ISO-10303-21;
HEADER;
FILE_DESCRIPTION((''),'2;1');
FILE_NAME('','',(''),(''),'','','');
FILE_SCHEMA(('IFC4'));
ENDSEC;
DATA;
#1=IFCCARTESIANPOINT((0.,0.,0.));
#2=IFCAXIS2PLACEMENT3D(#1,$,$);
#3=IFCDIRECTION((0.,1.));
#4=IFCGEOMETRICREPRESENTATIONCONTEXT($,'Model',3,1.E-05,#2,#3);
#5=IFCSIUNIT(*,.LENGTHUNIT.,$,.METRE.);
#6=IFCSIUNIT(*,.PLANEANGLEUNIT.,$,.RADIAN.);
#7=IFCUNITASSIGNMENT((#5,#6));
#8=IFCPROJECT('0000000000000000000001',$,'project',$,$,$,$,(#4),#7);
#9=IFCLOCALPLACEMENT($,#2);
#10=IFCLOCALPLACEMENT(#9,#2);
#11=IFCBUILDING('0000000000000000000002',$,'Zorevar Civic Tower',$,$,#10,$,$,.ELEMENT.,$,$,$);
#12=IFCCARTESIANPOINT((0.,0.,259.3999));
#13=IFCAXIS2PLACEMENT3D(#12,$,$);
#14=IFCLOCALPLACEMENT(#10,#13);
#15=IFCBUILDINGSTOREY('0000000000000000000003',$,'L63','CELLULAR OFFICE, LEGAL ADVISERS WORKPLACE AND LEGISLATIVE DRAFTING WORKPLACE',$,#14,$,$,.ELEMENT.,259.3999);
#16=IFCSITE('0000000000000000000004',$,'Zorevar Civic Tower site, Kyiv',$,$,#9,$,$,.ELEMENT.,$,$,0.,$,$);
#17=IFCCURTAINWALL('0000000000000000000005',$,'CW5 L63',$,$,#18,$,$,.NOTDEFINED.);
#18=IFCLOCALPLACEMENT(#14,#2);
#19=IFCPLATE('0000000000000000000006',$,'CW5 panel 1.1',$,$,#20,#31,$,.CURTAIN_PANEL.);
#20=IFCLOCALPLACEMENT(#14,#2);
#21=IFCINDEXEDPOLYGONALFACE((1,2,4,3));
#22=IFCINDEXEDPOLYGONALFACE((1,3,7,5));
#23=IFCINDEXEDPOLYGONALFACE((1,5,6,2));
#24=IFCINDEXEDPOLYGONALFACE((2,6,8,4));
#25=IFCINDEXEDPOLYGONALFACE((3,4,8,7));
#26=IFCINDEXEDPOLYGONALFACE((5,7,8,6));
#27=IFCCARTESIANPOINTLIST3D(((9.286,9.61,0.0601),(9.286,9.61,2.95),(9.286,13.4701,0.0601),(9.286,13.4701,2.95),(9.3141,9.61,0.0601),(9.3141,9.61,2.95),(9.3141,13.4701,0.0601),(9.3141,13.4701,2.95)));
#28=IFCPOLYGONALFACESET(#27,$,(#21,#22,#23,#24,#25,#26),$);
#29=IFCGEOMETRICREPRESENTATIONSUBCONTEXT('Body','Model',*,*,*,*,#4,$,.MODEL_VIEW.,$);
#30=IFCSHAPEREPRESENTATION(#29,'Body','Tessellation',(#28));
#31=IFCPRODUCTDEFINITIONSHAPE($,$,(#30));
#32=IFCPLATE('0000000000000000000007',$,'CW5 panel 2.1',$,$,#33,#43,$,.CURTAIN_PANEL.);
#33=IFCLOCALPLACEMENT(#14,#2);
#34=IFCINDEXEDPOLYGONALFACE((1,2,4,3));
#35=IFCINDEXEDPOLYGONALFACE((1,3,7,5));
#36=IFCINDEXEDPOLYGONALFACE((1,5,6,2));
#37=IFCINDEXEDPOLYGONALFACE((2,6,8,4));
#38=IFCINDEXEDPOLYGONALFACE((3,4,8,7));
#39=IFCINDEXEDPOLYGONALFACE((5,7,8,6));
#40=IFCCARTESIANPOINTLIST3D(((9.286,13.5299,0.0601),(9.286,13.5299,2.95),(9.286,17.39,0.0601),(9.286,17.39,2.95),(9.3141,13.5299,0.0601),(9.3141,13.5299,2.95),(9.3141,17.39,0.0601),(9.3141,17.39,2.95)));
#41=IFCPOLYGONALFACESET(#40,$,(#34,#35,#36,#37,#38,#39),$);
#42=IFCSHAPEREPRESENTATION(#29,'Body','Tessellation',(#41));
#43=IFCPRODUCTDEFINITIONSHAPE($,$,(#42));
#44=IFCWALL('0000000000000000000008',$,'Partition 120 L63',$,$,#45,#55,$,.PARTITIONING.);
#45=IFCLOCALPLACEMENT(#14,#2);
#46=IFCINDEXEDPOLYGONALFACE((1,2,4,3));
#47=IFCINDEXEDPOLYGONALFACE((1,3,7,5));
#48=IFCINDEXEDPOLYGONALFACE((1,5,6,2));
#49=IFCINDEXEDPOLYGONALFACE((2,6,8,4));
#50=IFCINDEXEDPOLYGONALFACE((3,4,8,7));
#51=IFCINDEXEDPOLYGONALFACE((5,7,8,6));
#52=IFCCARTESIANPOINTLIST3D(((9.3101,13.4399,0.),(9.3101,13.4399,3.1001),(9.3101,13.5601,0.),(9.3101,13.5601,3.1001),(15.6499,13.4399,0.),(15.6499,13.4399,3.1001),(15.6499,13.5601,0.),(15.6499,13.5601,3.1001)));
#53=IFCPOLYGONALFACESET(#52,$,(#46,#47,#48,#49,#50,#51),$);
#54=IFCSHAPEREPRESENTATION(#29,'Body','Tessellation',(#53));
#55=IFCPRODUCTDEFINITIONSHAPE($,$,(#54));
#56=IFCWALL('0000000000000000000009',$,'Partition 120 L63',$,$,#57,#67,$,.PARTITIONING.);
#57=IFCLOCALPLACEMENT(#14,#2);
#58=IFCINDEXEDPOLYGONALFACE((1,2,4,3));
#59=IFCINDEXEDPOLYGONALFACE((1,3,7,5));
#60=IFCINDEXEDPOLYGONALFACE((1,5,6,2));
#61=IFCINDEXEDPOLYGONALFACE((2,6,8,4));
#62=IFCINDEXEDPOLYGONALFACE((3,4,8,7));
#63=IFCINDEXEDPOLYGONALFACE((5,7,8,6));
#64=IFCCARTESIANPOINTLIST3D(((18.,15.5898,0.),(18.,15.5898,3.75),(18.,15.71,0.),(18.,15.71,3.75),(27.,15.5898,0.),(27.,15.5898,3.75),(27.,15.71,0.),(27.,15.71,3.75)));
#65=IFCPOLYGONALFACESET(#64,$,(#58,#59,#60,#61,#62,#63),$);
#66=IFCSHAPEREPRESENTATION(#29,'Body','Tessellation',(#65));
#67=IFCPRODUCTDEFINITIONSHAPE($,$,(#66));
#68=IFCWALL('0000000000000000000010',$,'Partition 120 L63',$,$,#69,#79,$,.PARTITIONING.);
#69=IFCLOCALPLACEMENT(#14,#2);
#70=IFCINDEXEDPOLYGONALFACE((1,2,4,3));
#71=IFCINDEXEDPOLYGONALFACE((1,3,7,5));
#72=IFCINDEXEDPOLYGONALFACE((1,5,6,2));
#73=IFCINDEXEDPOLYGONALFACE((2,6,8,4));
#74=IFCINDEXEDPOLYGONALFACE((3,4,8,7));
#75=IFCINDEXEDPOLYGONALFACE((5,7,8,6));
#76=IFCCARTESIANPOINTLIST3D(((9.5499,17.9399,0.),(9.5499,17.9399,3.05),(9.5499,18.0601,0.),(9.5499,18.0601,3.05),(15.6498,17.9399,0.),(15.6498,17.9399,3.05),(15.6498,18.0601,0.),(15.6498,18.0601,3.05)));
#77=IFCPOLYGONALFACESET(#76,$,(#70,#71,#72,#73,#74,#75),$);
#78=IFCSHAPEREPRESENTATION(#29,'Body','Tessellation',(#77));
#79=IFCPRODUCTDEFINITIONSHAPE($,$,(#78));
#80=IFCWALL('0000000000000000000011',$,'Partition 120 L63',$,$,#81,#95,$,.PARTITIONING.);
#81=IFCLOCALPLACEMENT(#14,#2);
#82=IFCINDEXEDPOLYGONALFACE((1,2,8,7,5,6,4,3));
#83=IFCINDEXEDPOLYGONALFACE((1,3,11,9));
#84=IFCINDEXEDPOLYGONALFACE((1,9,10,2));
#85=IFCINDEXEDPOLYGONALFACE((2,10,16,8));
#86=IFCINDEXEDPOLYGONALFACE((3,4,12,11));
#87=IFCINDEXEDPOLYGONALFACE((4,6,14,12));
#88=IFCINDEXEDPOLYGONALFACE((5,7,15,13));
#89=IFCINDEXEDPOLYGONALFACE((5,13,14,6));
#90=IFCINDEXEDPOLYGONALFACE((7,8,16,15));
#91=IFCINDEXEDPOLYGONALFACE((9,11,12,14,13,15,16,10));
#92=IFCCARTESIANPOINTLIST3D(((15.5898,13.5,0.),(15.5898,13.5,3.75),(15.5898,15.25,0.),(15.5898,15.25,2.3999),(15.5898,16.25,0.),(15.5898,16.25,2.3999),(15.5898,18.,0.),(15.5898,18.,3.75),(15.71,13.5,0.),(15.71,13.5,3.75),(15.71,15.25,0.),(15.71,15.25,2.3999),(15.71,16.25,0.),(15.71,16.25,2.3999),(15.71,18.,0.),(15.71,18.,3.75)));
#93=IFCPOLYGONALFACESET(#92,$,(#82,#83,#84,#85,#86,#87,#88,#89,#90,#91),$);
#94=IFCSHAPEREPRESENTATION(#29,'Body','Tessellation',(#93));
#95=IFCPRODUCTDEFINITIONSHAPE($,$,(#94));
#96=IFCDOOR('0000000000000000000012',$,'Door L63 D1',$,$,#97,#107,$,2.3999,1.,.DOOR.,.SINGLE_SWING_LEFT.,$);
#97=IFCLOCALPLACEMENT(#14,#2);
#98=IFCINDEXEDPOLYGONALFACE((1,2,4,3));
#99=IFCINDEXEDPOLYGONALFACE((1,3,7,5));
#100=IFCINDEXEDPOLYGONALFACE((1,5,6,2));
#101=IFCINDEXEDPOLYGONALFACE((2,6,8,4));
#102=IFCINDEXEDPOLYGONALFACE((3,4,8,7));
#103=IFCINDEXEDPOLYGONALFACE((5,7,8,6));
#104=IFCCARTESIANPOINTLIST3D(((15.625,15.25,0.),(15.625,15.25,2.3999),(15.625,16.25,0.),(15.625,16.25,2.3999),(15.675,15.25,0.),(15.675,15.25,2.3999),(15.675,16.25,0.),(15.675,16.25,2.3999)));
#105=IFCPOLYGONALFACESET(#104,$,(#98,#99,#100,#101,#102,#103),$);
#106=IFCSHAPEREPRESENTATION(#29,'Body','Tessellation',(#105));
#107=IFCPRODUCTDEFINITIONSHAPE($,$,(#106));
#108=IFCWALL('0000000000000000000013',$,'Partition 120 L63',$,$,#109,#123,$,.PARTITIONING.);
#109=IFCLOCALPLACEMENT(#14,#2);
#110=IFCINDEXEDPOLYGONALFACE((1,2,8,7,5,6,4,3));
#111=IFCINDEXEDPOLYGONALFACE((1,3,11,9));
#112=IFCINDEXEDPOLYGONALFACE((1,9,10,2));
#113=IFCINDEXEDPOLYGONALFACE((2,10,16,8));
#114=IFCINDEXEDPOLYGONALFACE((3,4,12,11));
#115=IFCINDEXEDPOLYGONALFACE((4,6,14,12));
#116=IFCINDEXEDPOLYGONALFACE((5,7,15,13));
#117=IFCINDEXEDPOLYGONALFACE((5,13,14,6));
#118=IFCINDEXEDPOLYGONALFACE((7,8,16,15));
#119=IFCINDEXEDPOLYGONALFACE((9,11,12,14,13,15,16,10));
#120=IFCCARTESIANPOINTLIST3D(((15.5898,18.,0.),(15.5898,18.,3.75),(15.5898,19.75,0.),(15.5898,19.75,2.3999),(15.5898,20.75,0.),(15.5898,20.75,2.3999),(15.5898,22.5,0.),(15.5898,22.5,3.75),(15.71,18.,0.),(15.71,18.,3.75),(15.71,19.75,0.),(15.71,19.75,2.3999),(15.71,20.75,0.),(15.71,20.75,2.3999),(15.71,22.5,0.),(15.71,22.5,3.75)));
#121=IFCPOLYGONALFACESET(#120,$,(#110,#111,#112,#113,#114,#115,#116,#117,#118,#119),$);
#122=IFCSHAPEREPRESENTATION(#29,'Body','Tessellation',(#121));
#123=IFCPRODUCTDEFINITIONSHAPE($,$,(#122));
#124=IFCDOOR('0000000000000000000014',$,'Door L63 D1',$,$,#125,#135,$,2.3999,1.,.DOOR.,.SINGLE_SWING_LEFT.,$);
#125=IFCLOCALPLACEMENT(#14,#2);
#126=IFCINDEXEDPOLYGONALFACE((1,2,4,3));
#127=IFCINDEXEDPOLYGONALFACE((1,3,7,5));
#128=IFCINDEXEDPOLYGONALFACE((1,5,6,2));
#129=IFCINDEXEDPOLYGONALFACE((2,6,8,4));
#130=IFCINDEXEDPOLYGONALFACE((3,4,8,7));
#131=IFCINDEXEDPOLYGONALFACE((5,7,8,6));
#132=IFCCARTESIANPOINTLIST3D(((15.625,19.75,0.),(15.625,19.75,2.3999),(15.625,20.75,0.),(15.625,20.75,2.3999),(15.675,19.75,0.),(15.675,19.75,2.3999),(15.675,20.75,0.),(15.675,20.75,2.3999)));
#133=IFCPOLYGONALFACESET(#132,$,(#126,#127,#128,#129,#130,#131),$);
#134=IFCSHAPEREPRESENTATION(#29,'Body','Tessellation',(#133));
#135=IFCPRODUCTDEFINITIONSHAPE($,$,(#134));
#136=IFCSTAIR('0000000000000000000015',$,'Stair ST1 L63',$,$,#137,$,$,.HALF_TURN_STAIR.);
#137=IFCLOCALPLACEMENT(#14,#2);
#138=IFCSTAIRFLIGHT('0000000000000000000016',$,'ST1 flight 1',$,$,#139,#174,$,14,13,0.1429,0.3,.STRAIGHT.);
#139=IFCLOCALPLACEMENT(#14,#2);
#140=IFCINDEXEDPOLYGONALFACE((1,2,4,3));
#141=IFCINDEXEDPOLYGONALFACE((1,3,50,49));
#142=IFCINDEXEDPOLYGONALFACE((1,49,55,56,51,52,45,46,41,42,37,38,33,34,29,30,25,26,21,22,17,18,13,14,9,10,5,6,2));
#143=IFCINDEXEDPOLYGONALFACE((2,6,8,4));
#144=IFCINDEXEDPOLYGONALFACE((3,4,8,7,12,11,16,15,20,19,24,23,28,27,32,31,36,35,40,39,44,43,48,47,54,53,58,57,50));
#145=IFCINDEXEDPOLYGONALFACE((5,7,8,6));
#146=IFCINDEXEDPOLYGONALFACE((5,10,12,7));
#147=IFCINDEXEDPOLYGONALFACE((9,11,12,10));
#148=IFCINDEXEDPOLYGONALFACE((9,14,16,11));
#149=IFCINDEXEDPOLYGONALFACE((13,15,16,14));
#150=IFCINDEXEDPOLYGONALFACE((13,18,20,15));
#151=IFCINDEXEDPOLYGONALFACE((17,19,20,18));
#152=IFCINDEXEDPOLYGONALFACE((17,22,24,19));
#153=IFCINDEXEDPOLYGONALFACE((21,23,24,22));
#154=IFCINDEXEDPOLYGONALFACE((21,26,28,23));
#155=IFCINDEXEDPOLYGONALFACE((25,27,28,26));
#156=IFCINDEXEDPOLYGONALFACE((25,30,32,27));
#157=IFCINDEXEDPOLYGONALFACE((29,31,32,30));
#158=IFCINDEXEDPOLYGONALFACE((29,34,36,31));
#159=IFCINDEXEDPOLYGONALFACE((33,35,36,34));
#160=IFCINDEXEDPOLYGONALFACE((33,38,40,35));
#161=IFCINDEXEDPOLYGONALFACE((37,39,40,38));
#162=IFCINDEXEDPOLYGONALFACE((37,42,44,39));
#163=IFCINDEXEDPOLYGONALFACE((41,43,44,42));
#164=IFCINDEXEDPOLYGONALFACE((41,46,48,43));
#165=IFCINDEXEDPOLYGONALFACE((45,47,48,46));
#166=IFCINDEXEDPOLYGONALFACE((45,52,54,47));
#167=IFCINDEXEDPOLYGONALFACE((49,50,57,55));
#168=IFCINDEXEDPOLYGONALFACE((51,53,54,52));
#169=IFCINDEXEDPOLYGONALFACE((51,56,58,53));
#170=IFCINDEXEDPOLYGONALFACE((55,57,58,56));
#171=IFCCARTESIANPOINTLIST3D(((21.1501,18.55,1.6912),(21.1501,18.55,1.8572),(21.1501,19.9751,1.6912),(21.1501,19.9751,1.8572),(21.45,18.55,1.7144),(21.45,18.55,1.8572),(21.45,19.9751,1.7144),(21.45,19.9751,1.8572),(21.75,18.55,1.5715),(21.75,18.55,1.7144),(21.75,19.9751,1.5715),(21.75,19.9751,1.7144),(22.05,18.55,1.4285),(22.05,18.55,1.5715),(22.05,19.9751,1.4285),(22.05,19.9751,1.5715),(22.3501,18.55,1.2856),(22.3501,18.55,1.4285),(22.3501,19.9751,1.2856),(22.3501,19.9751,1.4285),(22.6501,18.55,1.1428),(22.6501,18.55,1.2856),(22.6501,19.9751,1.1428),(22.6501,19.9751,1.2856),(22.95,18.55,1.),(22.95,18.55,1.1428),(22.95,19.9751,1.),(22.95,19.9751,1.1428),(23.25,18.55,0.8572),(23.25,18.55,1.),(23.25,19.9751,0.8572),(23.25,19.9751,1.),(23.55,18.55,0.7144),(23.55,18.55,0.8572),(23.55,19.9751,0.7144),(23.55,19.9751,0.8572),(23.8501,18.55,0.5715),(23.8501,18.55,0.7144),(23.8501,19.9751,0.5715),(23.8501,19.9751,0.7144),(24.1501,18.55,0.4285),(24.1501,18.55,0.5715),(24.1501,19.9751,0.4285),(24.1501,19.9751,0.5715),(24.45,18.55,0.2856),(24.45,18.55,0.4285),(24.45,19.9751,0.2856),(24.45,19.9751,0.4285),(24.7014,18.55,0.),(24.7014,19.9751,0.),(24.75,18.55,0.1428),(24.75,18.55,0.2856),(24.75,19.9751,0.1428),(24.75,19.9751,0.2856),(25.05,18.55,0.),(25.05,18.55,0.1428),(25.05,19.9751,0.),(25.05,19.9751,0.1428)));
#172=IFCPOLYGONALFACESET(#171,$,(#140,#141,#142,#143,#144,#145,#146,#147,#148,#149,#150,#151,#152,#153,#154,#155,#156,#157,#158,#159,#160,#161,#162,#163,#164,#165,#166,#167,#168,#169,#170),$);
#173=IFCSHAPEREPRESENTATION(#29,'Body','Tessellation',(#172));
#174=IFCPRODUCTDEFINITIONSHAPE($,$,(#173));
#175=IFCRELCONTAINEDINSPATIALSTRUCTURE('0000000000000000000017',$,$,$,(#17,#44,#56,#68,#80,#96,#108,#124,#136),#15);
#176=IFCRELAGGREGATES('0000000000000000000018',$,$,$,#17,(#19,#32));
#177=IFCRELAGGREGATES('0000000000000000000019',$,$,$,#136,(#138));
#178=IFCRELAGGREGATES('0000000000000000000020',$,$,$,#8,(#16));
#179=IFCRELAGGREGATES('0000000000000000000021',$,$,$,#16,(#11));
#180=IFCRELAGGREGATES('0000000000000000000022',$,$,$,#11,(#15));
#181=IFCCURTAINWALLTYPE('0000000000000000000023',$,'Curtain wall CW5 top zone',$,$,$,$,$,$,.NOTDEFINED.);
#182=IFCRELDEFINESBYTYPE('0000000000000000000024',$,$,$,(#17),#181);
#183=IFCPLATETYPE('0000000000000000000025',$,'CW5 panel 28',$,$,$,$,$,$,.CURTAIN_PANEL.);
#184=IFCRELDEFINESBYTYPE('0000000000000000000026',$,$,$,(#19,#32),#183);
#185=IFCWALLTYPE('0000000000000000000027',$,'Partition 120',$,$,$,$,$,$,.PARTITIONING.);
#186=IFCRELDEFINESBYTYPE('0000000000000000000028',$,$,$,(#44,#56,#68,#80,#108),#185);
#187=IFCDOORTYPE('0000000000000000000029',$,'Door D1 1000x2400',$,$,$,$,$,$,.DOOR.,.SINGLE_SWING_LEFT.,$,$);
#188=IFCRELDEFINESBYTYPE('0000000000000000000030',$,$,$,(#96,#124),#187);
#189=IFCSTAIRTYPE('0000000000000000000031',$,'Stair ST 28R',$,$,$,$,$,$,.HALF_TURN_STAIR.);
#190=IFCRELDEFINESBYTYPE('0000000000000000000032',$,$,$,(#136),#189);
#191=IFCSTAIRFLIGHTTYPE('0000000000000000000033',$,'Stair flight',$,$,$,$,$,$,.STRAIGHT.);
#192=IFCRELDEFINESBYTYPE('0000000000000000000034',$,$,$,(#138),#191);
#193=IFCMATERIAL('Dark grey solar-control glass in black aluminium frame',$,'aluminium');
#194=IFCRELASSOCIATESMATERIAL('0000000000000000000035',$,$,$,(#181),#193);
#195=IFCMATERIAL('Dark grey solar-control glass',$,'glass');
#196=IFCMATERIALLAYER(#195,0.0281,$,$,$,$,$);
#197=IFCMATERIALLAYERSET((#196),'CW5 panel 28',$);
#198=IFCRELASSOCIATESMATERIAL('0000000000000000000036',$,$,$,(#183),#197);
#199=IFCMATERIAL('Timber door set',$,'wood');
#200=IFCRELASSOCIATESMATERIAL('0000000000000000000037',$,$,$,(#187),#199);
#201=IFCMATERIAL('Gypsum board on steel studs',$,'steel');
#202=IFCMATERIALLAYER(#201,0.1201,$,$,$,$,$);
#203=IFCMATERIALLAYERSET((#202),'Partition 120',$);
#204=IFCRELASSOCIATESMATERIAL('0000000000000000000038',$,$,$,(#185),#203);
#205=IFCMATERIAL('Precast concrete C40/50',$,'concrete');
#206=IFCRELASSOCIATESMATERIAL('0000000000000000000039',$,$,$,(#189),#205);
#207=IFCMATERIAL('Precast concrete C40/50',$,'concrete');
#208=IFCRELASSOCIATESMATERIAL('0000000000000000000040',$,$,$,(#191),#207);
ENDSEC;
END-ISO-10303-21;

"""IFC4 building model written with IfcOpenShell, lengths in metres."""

from ifc_helpers import new_model, si_unit, direction, frame, frame_2d, origin, origin_2d, place, context, subcontext, project, spatial, polyline, rectangle, outline, extrude, material, layer, layer_set, type_object, element, fill, aggregate, save


model = new_model("IFC4")

# Units and contexts
model_context = context("Model", 3, precision=1e-05, world=origin(), true_north=direction((0.0, 1.0)))
body_context = subcontext(model_context, "Body", "Model", "MODEL_VIEW")
ifc_project = project(units=[si_unit("LENGTHUNIT", "METRE"), si_unit("PLANEANGLEUNIT", "RADIAN")], contexts=[model_context])

# Site, building, storey
site_placement = place(None, origin())
site = spatial("IfcSite", under=ifc_project, at=site_placement, Name="Zorevar Civic Tower site, Kyiv", CompositionType="ELEMENT", RefElevation=0.0)
building_placement = place(site_placement, origin())
building = spatial("IfcBuilding", under=site, at=building_placement, Name="Zorevar Civic Tower", CompositionType="ELEMENT")
storey_placement = place(building_placement, frame((0.0, 0.0, 259.3999)))
storey = spatial("IfcBuildingStorey", under=building, at=storey_placement, Name="L63", Description="CELLULAR OFFICE, LEGAL ADVISERS WORKPLACE AND LEGISLATIVE DRAFTING WORKPLACE", CompositionType="ELEMENT", Elevation=259.3999)

# Curtain wall
ifc_material_1 = material(Name="Dark grey solar-control glass in black aluminium frame", Category="aluminium")
curtain_wall_type = type_object("IfcCurtainWallType", Name="Curtain wall CW5 top zone", PredefinedType="NOTDEFINED", material=ifc_material_1)
curtain_wall_1_placement = place(storey_placement, origin())
curtain_wall_1 = element("IfcCurtainWall", 1, at=curtain_wall_1_placement, inside=storey, type_object=curtain_wall_type, Name="CW5 L63", PredefinedType="NOTDEFINED")

# Plates
ifc_material_2 = material(Name="Dark grey solar-control glass", Category="glass")
ifc_layer_1 = layer(ifc_material_2, 0.0281)
ifc_layer_set_1 = layer_set([ifc_layer_1], Name="CW5 panel 28")
plate_type = type_object("IfcPlateType", Name="CW5 panel 28", PredefinedType="CURTAIN_PANEL", material=ifc_layer_set_1)
plate_1_placement = place(storey_placement, frame((9.3, 11.54, 0.0601), z_axis=(0.0, 0.0, 1.0), x_axis=(0.0, 1.0, 0.0)))
plate_1 = element("IfcPlate", 2, at=plate_1_placement, type_object=plate_type, Name="CW5 panel 1.1", PredefinedType="CURTAIN_PANEL", context=body_context, shape_type="SweptSolid", body=[
    extrude(rectangle(XDim=3.8601, YDim=0.0281, at=origin_2d()), origin(), (0.0, 0.0, 1.0), 2.8899),
])
plate_2_placement = place(storey_placement, frame((9.3, 15.46, 0.0601), z_axis=(0.0, 0.0, 1.0), x_axis=(0.0, 1.0, 0.0)))
plate_2 = element("IfcPlate", 3, at=plate_2_placement, type_object=plate_type, Name="CW5 panel 2.1", PredefinedType="CURTAIN_PANEL", context=body_context, shape_type="SweptSolid", body=[
    extrude(rectangle(XDim=3.8601, YDim=0.0281, at=origin_2d()), origin(), (0.0, 0.0, 1.0), 2.8899),
])
aggregate(curtain_wall_1, [plate_1, plate_2])

# Shared definitions
ifc_material_3 = material(Name="Timber door set", Category="wood")
door_type_1 = type_object("IfcDoorType", Name="Door D1 1000x2400", OperationType="SINGLE_SWING_LEFT", PredefinedType="DOOR", material=ifc_material_3)

# Walls
ifc_material_4 = material(Name="Gypsum board on steel studs", Category="steel")
ifc_layer_2 = layer(ifc_material_4, 0.1201)
ifc_layer_set_2 = layer_set([ifc_layer_2], Name="Partition 120")
wall_type_1 = type_object("IfcWallType", Name="Partition 120", PredefinedType="PARTITIONING", material=ifc_layer_set_2)
wall_1_placement = place(storey_placement, frame((9.3101, 13.5, 0.0), z_axis=(0.0, 0.0, 1.0), x_axis=(1.0, 0.0, 0.0)))
element("IfcWall", 4, at=wall_1_placement, inside=storey, type_object=wall_type_1, Name="Partition 120 L63", PredefinedType="PARTITIONING", context=body_context, shape_type="SweptSolid", body=[
    extrude(rectangle(XDim=6.3398, YDim=0.1201, at=frame_2d((3.1699, 0.0))), origin(), (0.0, 0.0, 1.0), 3.1001),
])
wall_2_placement = place(storey_placement, frame((18.0, 15.6499, 0.0), z_axis=(0.0, 0.0, 1.0), x_axis=(1.0, 0.0, 0.0)))
element("IfcWall", 5, at=wall_2_placement, inside=storey, type_object=wall_type_1, Name="Partition 120 L63", PredefinedType="PARTITIONING", context=body_context, shape_type="SweptSolid", body=[
    extrude(rectangle(XDim=9.0, YDim=0.1201, at=frame_2d((4.5, 0.0))), origin(), (0.0, 0.0, 1.0), 3.75),
])
wall_3_placement = place(storey_placement, frame((9.55, 18.0, 0.0), z_axis=(0.0, 0.0, 1.0), x_axis=(1.0, 0.0, 0.0)))
element("IfcWall", 6, at=wall_3_placement, inside=storey, type_object=wall_type_1, Name="Partition 120 L63", PredefinedType="PARTITIONING", context=body_context, shape_type="SweptSolid", body=[
    extrude(rectangle(XDim=6.0999, YDim=0.1201, at=frame_2d((3.0498, 0.0))), origin(), (0.0, 0.0, 1.0), 3.05),
])

# Walls, openings, doors
wall_4_placement = place(storey_placement, frame((15.6499, 13.5, 0.0), z_axis=(0.0, 0.0, 1.0), x_axis=(0.0, 1.0, 0.0)))
wall_4 = element("IfcWall", 7, at=wall_4_placement, inside=storey, type_object=wall_type_1, Name="Partition 120 L63", PredefinedType="PARTITIONING", context=body_context, shape_type="SweptSolid", body=[
    extrude(rectangle(XDim=4.5, YDim=0.1201, at=frame_2d((2.25, 0.0))), origin(), (0.0, 0.0, 1.0), 3.75),
])
opening_1_placement = place(wall_4_placement, frame((1.75, 0.0, 0.0)))
opening_1 = element("IfcOpeningElement", 8, at=opening_1_placement, cuts=wall_4, PredefinedType="OPENING", context=body_context, shape_type="SweptSolid", body=[
    extrude(rectangle(XDim=1.0, YDim=2.3999, at=frame_2d((0.5, 1.2))), frame((0.0, 0.0701, 0.0), z_axis=(0.0, -1.0, 0.0), x_axis=(1.0, 0.0, 0.0)), (0.0, 0.0, 1.0), 0.1401),
])
door_1_placement = place(opening_1_placement, origin())
door_1 = element("IfcDoor", 9, at=door_1_placement, inside=storey, type_object=door_type_1, Name="Door L63 D1", OperationType="SINGLE_SWING_LEFT", OverallHeight=2.3999, OverallWidth=1.0, PredefinedType="DOOR", context=body_context, shape_type="SweptSolid", body=[
    extrude(rectangle(XDim=1.0, YDim=2.3999, at=frame_2d((0.5, 1.2))), frame((0.0, 0.0249, 0.0), z_axis=(0.0, -1.0, 0.0), x_axis=(1.0, 0.0, 0.0)), (0.0, 0.0, 1.0), 0.05),
])
fill(opening_1, door_1)
wall_5_placement = place(storey_placement, frame((15.6499, 18.0, 0.0), z_axis=(0.0, 0.0, 1.0), x_axis=(0.0, 1.0, 0.0)))
wall_5 = element("IfcWall", 10, at=wall_5_placement, inside=storey, type_object=wall_type_1, Name="Partition 120 L63", PredefinedType="PARTITIONING", context=body_context, shape_type="SweptSolid", body=[
    extrude(rectangle(XDim=4.5, YDim=0.1201, at=frame_2d((2.25, 0.0))), origin(), (0.0, 0.0, 1.0), 3.75),
])
opening_2_placement = place(wall_5_placement, frame((1.75, 0.0, 0.0)))
opening_2 = element("IfcOpeningElement", 11, at=opening_2_placement, cuts=wall_5, PredefinedType="OPENING", context=body_context, shape_type="SweptSolid", body=[
    extrude(rectangle(XDim=1.0, YDim=2.3999, at=frame_2d((0.5, 1.2))), frame((0.0, 0.0701, 0.0), z_axis=(0.0, -1.0, 0.0), x_axis=(1.0, 0.0, 0.0)), (0.0, 0.0, 1.0), 0.1401),
])
door_2_placement = place(opening_2_placement, origin())
door_2 = element("IfcDoor", 12, at=door_2_placement, inside=storey, type_object=door_type_1, Name="Door L63 D1", OperationType="SINGLE_SWING_LEFT", OverallHeight=2.3999, OverallWidth=1.0, PredefinedType="DOOR", context=body_context, shape_type="SweptSolid", body=[
    extrude(rectangle(XDim=1.0, YDim=2.3999, at=frame_2d((0.5, 1.2))), frame((0.0, 0.0249, 0.0), z_axis=(0.0, -1.0, 0.0), x_axis=(1.0, 0.0, 0.0)), (0.0, 0.0, 1.0), 0.05),
])
fill(opening_2, door_2)

# Stair, stair flight
ifc_material_5 = material(Name="Precast concrete C40/50", Category="concrete")
stair_type = type_object("IfcStairType", Name="Stair ST 28R", PredefinedType="HALF_TURN_STAIR", material=ifc_material_5)
stair_placement = place(storey_placement, origin())
stair = element("IfcStair", 13, at=stair_placement, inside=storey, type_object=stair_type, Name="Stair ST1 L63", PredefinedType="HALF_TURN_STAIR")
ifc_material_6 = material(Name="Precast concrete C40/50", Category="concrete")
stair_flight_type = type_object("IfcStairFlightType", Name="Stair flight", PredefinedType="STRAIGHT", material=ifc_material_6)
stair_flight_placement = place(storey_placement, frame((25.05, 19.2625, 0.0), z_axis=(0.0, 0.0, 1.0), x_axis=(-1.0, 0.0, 0.0)))
stair_flight = element("IfcStairFlight", 14, at=stair_flight_placement, type_object=stair_flight_type, Name="ST1 flight 1", NumberOfRisers=14, NumberOfTreads=13, PredefinedType="STRAIGHT", RiserHeight=0.1429, TreadLength=0.3, context=body_context, shape_type="SweptSolid", body=[
    extrude(outline(polyline([(0.0, 0.0), (0.0, 0.1428), (0.3, 0.1428), (0.3, 0.2856), (0.6001, 0.2856), (0.6001, 0.4285), (0.8999, 0.4285), (0.8999, 0.5715), (1.2, 0.5715), (1.2, 0.7144), (1.5, 0.7144), (1.5, 0.8572), (1.8, 0.8572), (1.8, 1.0), (2.1001, 1.0), (2.1001, 1.1428), (2.3999, 1.1428), (2.3999, 1.2856), (2.7, 1.2856), (2.7, 1.4285), (3.0, 1.4285), (3.0, 1.5715), (3.3, 1.5715), (3.3, 1.7144), (3.6001, 1.7144), (3.6001, 1.8572), (3.8999, 1.8572), (3.8999, 2.0), (3.8999, 1.6912), (0.3486, 0.0), (0.0, 0.0)])), frame((0.0, 0.7124, 0.0), z_axis=(0.0, -1.0, 0.0), x_axis=(1.0, 0.0, 0.0)), (0.0, 0.0, 1.0), 1.425),
])
aggregate(stair, [stair_flight])

save(model, "model.ifc")
